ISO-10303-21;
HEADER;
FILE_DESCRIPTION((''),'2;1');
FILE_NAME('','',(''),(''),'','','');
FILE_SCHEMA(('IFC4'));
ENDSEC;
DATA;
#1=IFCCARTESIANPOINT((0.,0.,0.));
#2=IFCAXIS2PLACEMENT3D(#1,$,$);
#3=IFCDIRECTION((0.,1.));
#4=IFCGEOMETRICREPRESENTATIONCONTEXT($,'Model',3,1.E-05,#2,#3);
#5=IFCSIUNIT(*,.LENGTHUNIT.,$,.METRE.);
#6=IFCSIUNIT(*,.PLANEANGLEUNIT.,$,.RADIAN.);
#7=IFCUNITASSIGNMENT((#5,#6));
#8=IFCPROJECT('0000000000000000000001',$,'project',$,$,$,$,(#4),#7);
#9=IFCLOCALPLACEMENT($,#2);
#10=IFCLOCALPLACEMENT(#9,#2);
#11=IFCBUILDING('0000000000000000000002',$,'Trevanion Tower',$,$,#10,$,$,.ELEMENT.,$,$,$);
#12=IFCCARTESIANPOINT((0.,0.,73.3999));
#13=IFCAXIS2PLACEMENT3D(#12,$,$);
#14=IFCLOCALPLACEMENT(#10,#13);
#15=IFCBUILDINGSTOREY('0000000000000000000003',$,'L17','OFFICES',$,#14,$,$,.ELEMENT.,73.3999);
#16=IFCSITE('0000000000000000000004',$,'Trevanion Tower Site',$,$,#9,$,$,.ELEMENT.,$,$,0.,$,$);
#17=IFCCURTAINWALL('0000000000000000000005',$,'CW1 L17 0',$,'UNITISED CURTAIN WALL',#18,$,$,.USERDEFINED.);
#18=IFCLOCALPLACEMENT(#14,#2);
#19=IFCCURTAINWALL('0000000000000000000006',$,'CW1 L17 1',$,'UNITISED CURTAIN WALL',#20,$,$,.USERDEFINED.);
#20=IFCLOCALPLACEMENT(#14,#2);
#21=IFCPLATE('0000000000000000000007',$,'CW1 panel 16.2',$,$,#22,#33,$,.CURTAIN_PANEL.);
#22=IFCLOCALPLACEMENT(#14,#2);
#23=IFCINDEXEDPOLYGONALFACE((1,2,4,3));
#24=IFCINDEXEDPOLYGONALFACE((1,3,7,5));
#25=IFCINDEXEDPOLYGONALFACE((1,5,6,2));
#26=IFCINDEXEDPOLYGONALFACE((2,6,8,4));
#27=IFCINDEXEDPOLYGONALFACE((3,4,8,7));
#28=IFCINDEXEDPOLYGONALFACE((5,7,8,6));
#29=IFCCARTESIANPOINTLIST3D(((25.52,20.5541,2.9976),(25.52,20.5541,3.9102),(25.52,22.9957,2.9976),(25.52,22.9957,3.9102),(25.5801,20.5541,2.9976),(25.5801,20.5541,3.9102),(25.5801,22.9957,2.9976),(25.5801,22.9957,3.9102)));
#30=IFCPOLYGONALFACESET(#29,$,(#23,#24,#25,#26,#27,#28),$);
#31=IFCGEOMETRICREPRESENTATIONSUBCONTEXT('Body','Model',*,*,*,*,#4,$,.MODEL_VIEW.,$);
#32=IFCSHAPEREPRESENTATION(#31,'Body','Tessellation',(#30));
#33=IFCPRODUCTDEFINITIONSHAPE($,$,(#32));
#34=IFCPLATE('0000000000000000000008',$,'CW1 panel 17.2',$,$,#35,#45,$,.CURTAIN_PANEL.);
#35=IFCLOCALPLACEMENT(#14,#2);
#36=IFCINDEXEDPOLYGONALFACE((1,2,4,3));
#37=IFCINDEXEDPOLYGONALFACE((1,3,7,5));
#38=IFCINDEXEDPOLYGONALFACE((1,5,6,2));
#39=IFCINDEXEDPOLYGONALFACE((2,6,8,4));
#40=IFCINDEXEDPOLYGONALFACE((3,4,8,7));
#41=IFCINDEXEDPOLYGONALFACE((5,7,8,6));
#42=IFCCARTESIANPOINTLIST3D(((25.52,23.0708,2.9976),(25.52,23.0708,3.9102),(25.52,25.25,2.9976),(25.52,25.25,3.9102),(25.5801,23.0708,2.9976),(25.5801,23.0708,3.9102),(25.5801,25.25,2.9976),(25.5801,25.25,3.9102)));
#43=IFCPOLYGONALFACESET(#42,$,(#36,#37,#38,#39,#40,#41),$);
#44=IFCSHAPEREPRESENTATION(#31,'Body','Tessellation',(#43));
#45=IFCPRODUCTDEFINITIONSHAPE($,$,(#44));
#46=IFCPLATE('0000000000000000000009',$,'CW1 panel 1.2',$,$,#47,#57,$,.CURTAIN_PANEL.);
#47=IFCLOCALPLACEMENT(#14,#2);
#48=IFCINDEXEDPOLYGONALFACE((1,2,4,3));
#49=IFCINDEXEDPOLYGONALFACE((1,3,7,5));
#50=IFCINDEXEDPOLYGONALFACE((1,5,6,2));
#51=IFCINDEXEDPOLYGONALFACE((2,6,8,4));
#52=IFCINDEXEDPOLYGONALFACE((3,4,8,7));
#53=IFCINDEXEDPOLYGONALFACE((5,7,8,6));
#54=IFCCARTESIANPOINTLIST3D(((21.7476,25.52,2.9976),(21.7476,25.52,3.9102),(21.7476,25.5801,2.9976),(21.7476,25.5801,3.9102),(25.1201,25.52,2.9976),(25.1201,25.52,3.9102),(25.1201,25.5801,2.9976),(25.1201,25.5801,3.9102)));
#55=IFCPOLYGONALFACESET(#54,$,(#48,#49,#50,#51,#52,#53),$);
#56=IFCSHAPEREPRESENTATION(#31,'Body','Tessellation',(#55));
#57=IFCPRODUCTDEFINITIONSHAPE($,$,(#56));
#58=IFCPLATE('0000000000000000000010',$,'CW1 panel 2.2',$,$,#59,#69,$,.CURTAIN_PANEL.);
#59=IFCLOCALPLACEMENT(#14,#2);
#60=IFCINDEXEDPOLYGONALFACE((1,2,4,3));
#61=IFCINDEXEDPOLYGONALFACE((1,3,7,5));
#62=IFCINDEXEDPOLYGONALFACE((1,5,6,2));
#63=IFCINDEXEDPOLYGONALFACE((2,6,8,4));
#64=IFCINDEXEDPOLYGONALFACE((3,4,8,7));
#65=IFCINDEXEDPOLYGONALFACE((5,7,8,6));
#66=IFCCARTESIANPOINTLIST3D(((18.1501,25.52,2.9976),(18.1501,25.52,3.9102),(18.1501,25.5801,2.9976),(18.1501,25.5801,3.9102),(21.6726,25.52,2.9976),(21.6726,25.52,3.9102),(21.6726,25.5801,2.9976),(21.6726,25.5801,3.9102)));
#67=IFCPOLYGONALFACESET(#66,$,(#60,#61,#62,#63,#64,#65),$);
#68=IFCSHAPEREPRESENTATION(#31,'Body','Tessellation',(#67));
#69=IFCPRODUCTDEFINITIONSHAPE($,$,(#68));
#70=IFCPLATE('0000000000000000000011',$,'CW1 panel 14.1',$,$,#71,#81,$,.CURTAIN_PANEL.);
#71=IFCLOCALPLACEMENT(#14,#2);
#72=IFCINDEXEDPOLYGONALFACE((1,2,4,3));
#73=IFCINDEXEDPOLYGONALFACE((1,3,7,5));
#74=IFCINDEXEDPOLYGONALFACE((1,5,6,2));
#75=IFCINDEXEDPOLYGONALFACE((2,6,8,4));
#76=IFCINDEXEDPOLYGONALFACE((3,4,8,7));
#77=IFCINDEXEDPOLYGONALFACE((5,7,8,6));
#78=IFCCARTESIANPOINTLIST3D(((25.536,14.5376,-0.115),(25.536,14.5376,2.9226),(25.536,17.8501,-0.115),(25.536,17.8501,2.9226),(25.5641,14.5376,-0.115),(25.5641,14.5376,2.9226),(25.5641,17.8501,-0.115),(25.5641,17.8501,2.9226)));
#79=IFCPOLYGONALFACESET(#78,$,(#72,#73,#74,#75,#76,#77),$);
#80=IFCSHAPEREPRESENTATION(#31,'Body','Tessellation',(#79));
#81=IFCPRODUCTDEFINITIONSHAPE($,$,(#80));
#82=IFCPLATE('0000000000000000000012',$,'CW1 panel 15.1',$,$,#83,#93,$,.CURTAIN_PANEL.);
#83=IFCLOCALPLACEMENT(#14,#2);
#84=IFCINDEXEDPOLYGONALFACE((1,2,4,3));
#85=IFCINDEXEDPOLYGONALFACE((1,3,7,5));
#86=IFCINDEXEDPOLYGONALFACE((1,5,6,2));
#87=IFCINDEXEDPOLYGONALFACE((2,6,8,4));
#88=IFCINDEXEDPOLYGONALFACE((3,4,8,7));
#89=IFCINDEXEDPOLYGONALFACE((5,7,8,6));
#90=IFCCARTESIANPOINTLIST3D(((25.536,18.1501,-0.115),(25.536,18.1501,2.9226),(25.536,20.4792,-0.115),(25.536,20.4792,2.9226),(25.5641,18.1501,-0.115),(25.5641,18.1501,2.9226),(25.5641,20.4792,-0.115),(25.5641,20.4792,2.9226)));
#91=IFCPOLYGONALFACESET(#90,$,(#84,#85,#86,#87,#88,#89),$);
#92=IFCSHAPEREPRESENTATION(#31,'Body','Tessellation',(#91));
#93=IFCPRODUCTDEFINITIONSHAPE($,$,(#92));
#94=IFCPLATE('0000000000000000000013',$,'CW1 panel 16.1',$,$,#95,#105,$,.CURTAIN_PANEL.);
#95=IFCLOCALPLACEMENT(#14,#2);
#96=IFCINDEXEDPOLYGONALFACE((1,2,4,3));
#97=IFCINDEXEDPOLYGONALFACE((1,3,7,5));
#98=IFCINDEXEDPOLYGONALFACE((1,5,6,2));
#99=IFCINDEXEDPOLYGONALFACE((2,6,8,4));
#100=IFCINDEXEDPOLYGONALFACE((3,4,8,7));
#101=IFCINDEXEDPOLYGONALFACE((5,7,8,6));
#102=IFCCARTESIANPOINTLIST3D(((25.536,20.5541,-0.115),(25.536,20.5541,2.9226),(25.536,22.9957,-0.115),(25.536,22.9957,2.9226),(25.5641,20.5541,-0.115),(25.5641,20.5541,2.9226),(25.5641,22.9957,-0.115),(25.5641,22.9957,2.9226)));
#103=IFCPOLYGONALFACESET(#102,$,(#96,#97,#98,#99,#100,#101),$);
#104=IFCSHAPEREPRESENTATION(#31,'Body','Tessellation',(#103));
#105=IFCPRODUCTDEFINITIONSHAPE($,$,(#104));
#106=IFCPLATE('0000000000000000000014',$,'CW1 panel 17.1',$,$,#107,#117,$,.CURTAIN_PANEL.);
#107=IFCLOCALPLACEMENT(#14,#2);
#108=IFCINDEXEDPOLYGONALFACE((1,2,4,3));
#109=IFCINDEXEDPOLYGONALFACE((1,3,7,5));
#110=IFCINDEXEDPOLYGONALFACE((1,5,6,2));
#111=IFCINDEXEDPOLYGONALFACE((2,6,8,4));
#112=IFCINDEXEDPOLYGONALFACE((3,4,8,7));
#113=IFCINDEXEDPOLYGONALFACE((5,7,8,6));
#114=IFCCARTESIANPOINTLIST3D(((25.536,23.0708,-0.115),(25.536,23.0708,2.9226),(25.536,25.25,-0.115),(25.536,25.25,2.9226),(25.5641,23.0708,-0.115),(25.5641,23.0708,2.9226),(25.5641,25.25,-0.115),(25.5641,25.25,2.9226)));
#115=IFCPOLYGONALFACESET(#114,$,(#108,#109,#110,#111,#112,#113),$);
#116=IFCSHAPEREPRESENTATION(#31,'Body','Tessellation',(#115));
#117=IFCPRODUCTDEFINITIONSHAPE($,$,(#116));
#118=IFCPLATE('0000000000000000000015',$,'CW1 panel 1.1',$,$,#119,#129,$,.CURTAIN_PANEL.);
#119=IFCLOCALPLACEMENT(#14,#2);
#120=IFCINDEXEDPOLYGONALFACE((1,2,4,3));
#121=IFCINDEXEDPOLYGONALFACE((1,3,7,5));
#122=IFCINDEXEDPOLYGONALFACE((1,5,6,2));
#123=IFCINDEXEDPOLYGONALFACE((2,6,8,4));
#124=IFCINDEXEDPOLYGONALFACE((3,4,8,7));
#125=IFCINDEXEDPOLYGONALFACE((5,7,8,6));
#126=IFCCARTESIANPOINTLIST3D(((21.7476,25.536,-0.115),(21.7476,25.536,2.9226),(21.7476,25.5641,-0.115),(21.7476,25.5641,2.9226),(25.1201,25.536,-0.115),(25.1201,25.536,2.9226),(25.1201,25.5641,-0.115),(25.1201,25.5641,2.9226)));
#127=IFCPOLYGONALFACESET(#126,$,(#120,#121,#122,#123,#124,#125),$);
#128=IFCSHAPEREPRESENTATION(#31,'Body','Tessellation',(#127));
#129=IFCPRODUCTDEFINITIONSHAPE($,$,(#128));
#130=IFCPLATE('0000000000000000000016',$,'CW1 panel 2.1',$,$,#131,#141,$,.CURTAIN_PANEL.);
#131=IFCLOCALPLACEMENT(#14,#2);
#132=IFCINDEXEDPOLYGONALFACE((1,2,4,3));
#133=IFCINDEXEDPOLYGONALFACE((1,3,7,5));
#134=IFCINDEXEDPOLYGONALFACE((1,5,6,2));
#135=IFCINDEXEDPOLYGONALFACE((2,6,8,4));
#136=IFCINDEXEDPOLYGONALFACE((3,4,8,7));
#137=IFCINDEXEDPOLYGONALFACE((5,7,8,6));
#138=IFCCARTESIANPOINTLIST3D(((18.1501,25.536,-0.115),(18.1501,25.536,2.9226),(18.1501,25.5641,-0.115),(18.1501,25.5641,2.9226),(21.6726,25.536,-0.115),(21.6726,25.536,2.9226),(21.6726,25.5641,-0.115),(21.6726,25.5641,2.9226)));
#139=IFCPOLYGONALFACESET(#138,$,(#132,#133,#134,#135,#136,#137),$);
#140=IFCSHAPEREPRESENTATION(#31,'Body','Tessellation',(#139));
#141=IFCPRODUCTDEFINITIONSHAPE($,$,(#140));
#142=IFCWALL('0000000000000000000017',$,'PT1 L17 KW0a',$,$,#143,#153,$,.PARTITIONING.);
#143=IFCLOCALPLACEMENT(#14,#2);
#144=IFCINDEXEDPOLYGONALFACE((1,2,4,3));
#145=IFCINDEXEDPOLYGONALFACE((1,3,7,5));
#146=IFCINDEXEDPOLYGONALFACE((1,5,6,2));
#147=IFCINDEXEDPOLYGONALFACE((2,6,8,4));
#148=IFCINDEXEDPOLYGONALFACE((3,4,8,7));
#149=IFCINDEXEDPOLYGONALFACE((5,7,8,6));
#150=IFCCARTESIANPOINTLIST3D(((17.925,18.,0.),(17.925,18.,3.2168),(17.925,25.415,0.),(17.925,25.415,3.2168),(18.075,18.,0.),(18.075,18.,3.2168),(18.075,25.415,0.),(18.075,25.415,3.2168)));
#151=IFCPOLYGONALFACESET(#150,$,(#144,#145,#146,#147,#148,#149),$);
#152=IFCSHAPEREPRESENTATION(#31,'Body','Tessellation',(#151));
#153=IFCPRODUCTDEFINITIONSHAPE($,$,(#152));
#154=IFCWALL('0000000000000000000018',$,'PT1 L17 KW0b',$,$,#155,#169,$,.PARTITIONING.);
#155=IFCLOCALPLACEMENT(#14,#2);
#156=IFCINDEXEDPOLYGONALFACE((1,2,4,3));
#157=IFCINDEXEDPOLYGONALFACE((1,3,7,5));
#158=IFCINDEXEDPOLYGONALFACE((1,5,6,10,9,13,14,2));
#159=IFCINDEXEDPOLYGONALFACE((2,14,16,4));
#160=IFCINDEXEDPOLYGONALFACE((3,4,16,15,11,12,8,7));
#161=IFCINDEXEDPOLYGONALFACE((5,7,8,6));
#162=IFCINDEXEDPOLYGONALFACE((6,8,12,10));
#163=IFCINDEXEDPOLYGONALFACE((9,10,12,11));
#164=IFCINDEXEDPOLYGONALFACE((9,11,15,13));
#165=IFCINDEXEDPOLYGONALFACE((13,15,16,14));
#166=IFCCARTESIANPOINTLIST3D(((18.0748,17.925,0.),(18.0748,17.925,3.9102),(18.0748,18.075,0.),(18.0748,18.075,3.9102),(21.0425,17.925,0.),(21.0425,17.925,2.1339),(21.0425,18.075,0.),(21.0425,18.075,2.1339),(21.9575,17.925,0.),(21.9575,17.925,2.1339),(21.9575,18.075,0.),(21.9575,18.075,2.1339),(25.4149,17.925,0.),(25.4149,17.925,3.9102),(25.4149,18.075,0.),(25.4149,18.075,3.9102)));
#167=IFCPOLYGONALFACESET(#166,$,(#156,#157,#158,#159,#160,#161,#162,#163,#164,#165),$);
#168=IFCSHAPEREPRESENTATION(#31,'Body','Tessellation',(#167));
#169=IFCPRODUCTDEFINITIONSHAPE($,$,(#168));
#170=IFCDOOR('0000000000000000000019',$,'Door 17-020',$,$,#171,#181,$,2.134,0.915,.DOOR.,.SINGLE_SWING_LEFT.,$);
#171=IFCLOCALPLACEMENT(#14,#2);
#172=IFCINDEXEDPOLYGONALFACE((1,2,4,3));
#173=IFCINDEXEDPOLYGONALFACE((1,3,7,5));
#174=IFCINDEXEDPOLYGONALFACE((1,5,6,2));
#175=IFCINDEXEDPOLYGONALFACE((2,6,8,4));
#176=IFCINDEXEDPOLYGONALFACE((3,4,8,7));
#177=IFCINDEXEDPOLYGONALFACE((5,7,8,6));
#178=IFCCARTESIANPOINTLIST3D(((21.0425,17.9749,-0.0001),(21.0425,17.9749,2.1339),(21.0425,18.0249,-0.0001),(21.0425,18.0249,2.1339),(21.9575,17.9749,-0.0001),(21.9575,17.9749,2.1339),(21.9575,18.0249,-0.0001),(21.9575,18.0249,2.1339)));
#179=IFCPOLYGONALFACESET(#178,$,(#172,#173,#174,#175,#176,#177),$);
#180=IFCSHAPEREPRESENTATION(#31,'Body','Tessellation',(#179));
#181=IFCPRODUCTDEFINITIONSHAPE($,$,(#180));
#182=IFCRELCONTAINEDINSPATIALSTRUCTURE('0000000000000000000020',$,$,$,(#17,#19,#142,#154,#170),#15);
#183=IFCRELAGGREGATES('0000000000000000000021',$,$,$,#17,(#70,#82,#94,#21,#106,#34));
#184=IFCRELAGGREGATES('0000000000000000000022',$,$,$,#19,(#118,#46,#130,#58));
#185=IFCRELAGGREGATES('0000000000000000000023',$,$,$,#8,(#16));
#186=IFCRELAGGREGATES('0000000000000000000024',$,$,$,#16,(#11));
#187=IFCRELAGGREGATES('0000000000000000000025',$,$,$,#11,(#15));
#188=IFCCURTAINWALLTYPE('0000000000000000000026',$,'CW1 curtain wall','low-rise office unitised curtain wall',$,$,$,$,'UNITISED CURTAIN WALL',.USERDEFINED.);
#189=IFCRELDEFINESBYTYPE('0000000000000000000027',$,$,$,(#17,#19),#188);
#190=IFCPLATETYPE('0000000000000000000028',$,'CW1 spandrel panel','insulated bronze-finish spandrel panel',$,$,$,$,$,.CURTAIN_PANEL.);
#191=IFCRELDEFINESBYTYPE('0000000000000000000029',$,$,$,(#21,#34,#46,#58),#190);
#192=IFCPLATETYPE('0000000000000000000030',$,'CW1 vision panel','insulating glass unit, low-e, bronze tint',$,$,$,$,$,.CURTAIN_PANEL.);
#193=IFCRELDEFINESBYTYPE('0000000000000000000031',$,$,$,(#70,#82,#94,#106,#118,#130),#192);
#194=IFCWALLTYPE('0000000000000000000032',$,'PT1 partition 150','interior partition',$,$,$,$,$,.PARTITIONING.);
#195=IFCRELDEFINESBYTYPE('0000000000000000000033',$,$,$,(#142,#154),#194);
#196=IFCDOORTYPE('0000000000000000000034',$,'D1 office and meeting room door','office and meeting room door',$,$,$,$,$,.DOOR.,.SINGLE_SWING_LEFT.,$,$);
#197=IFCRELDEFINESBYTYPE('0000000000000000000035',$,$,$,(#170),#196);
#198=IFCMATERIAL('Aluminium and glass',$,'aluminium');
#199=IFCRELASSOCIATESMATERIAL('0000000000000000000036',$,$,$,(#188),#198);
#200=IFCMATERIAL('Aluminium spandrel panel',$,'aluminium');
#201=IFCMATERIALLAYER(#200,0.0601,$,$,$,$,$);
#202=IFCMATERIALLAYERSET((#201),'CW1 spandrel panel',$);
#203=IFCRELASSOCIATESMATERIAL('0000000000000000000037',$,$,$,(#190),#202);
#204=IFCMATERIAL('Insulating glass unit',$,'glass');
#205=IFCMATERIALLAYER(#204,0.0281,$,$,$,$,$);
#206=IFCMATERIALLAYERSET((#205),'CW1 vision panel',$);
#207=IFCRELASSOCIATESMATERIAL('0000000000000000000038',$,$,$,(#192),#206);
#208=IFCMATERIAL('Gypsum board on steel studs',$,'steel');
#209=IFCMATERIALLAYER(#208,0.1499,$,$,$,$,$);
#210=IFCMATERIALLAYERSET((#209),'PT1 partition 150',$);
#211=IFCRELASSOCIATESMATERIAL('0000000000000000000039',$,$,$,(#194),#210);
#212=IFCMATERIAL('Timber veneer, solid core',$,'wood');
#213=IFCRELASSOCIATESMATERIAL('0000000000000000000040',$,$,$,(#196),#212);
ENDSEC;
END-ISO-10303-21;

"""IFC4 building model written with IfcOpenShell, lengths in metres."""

from ifc_helpers import new_model, si_unit, direction, frame, frame_2d, origin, origin_2d, place, context, subcontext, project, spatial, rectangle, extrude, material, layer, layer_set, type_object, element, fill, aggregate, save


model = new_model("IFC4")

# Units and contexts
model_context = context("Model", 3, precision=1e-05, world=origin(), true_north=direction((0.0, 1.0)))
body_context = subcontext(model_context, "Body", "Model", "MODEL_VIEW")
ifc_project = project(units=[si_unit("LENGTHUNIT", "METRE"), si_unit("PLANEANGLEUNIT", "RADIAN")], contexts=[model_context])

# Site, building, storey
site_placement = place(None, origin())
site = spatial("IfcSite", under=ifc_project, at=site_placement, Name="Trevanion Tower Site", CompositionType="ELEMENT", RefElevation=0.0)
building_placement = place(site_placement, origin())
building = spatial("IfcBuilding", under=site, at=building_placement, Name="Trevanion Tower", CompositionType="ELEMENT")
storey_placement = place(building_placement, frame((0.0, 0.0, 73.3999)))
storey = spatial("IfcBuildingStorey", under=building, at=storey_placement, Name="L17", Description="OFFICES", CompositionType="ELEMENT", Elevation=73.3999)

# Curtain wall
ifc_material_1 = material(Name="Aluminium and glass", Category="aluminium")
curtain_wall_type = type_object("IfcCurtainWallType", Name="CW1 curtain wall", Description="low-rise office unitised curtain wall", ElementType="UNITISED CURTAIN WALL", PredefinedType="USERDEFINED", material=ifc_material_1)
curtain_wall_1_placement = place(storey_placement, origin())
curtain_wall_1 = element("IfcCurtainWall", 1, at=curtain_wall_1_placement, inside=storey, type_object=curtain_wall_type, Name="CW1 L17 0", ObjectType="UNITISED CURTAIN WALL", PredefinedType="USERDEFINED")

# Curtain wall
curtain_wall_2_placement = place(storey_placement, origin())
curtain_wall_2 = element("IfcCurtainWall", 2, at=curtain_wall_2_placement, inside=storey, type_object=curtain_wall_type, Name="CW1 L17 1", ObjectType="UNITISED CURTAIN WALL", PredefinedType="USERDEFINED")

# Plates
ifc_material_2 = material(Name="Aluminium spandrel panel", Category="aluminium")
ifc_layer_1 = layer(ifc_material_2, 0.0601)
ifc_layer_set_1 = layer_set([ifc_layer_1], Name="CW1 spandrel panel")
plate_type_1 = type_object("IfcPlateType", Name="CW1 spandrel panel", Description="insulated bronze-finish spandrel panel", PredefinedType="CURTAIN_PANEL", material=ifc_layer_set_1)
plate_1_placement = place(storey_placement, frame((25.55, 21.7749, 2.9976), z_axis=(0.0, 0.0, 1.0), x_axis=(0.0, 1.0, 0.0)))
plate_1 = element("IfcPlate", 3, at=plate_1_placement, type_object=plate_type_1, Name="CW1 panel 16.2", PredefinedType="CURTAIN_PANEL", context=body_context, shape_type="SweptSolid", body=[
    extrude(rectangle(XDim=2.4417, YDim=0.0601, at=origin_2d()), origin(), (0.0, 0.0, 1.0), 0.9126),
])
plate_2_placement = place(storey_placement, frame((25.55, 24.1604, 2.9976), z_axis=(0.0, 0.0, 1.0), x_axis=(0.0, 1.0, 0.0)))
plate_2 = element("IfcPlate", 4, at=plate_2_placement, type_object=plate_type_1, Name="CW1 panel 17.2", PredefinedType="CURTAIN_PANEL", context=body_context, shape_type="SweptSolid", body=[
    extrude(rectangle(XDim=2.1792, YDim=0.0601, at=origin_2d()), origin(), (0.0, 0.0, 1.0), 0.9126),
])
plate_3_placement = place(storey_placement, frame((23.4338, 25.55, 2.9976), z_axis=(0.0, 0.0, 1.0), x_axis=(-1.0, 0.0, 0.0)))
plate_3 = element("IfcPlate", 5, at=plate_3_placement, type_object=plate_type_1, Name="CW1 panel 1.2", PredefinedType="CURTAIN_PANEL", context=body_context, shape_type="SweptSolid", body=[
    extrude(rectangle(XDim=3.3726, YDim=0.0601, at=origin_2d()), origin(), (0.0, 0.0, 1.0), 0.9126),
])
plate_4_placement = place(storey_placement, frame((19.9114, 25.55, 2.9976), z_axis=(0.0, 0.0, 1.0), x_axis=(-1.0, 0.0, 0.0)))
plate_4 = element("IfcPlate", 6, at=plate_4_placement, type_object=plate_type_1, Name="CW1 panel 2.2", PredefinedType="CURTAIN_PANEL", context=body_context, shape_type="SweptSolid", body=[
    extrude(rectangle(XDim=3.5225, YDim=0.0601, at=origin_2d()), origin(), (0.0, 0.0, 1.0), 0.9126),
])
ifc_material_3 = material(Name="Insulating glass unit", Category="glass")
ifc_layer_2 = layer(ifc_material_3, 0.0281)
ifc_layer_set_2 = layer_set([ifc_layer_2], Name="CW1 vision panel")
plate_type_2 = type_object("IfcPlateType", Name="CW1 vision panel", Description="insulating glass unit, low-e, bronze tint", PredefinedType="CURTAIN_PANEL", material=ifc_layer_set_2)
plate_5_placement = place(storey_placement, frame((25.55, 16.1938, -0.115), z_axis=(0.0, 0.0, 1.0), x_axis=(0.0, 1.0, 0.0)))
plate_5 = element("IfcPlate", 7, at=plate_5_placement, type_object=plate_type_2, Name="CW1 panel 14.1", PredefinedType="CURTAIN_PANEL", context=body_context, shape_type="SweptSolid", body=[
    extrude(rectangle(XDim=3.3125, YDim=0.0281, at=origin_2d()), origin(), (0.0, 0.0, 1.0), 3.0376),
])
plate_6_placement = place(storey_placement, frame((25.55, 19.3147, -0.115), z_axis=(0.0, 0.0, 1.0), x_axis=(0.0, 1.0, 0.0)))
plate_6 = element("IfcPlate", 8, at=plate_6_placement, type_object=plate_type_2, Name="CW1 panel 15.1", PredefinedType="CURTAIN_PANEL", context=body_context, shape_type="SweptSolid", body=[
    extrude(rectangle(XDim=2.3291, YDim=0.0281, at=origin_2d()), origin(), (0.0, 0.0, 1.0), 3.0376),
])
plate_7_placement = place(storey_placement, frame((25.55, 21.7749, -0.115), z_axis=(0.0, 0.0, 1.0), x_axis=(0.0, 1.0, 0.0)))
plate_7 = element("IfcPlate", 9, at=plate_7_placement, type_object=plate_type_2, Name="CW1 panel 16.1", PredefinedType="CURTAIN_PANEL", context=body_context, shape_type="SweptSolid", body=[
    extrude(rectangle(XDim=2.4417, YDim=0.0281, at=origin_2d()), origin(), (0.0, 0.0, 1.0), 3.0376),
])
plate_8_placement = place(storey_placement, frame((25.55, 24.1604, -0.115), z_axis=(0.0, 0.0, 1.0), x_axis=(0.0, 1.0, 0.0)))
plate_8 = element("IfcPlate", 10, at=plate_8_placement, type_object=plate_type_2, Name="CW1 panel 17.1", PredefinedType="CURTAIN_PANEL", context=body_context, shape_type="SweptSolid", body=[
    extrude(rectangle(XDim=2.1792, YDim=0.0281, at=origin_2d()), origin(), (0.0, 0.0, 1.0), 3.0376),
])
aggregate(curtain_wall_1, [plate_5, plate_6, plate_7, plate_1, plate_8, plate_2])
plate_9_placement = place(storey_placement, frame((23.4338, 25.55, -0.115), z_axis=(0.0, 0.0, 1.0), x_axis=(-1.0, 0.0, 0.0)))
plate_9 = element("IfcPlate", 11, at=plate_9_placement, type_object=plate_type_2, Name="CW1 panel 1.1", PredefinedType="CURTAIN_PANEL", context=body_context, shape_type="SweptSolid", body=[
    extrude(rectangle(XDim=3.3726, YDim=0.0281, at=origin_2d()), origin(), (0.0, 0.0, 1.0), 3.0376),
])
plate_10_placement = place(storey_placement, frame((19.9114, 25.55, -0.115), z_axis=(0.0, 0.0, 1.0), x_axis=(-1.0, 0.0, 0.0)))
plate_10 = element("IfcPlate", 12, at=plate_10_placement, type_object=plate_type_2, Name="CW1 panel 2.1", PredefinedType="CURTAIN_PANEL", context=body_context, shape_type="SweptSolid", body=[
    extrude(rectangle(XDim=3.5225, YDim=0.0281, at=origin_2d()), origin(), (0.0, 0.0, 1.0), 3.0376),
])
aggregate(curtain_wall_2, [plate_9, plate_3, plate_10, plate_4])

# Wall
ifc_material_4 = material(Name="Gypsum board on steel studs", Category="steel")
ifc_layer_3 = layer(ifc_material_4, 0.1499)
ifc_layer_set_3 = layer_set([ifc_layer_3], Name="PT1 partition 150")
wall_type = type_object("IfcWallType", Name="PT1 partition 150", Description="interior partition", PredefinedType="PARTITIONING", material=ifc_layer_set_3)
wall_1_placement = place(storey_placement, frame((18.0, 18.0, 0.0), z_axis=(0.0, 0.0, 1.0), x_axis=(0.0, 1.0, 0.0)))
element("IfcWall", 13, at=wall_1_placement, inside=storey, type_object=wall_type, Name="PT1 L17 KW0a", PredefinedType="PARTITIONING", context=body_context, shape_type="SweptSolid", body=[
    extrude(rectangle(XDim=7.415, YDim=0.1499, at=frame_2d((3.7075, 0.0))), origin(), (0.0, 0.0, 1.0), 3.2168),
])

# Wall, opening, door
wall_2_placement = place(storey_placement, frame((18.075, 18.0, 0.0), z_axis=(0.0, 0.0, 1.0), x_axis=(1.0, 0.0, 0.0)))
wall_2 = element("IfcWall", 14, at=wall_2_placement, inside=storey, type_object=wall_type, Name="PT1 L17 KW0b", PredefinedType="PARTITIONING", context=body_context, shape_type="SweptSolid", body=[
    extrude(rectangle(XDim=7.3401, YDim=0.1499, at=frame_2d((3.6699, 0.0))), origin(), (0.0, 0.0, 1.0), 3.9102),
])
opening_placement = place(wall_2_placement, frame((2.9675, 0.0, 0.0)))
opening = element("IfcOpeningElement", 15, at=opening_placement, cuts=wall_2, PredefinedType="OPENING", context=body_context, shape_type="SweptSolid", body=[
    extrude(rectangle(XDim=0.915, YDim=2.134, at=frame_2d((0.4575, 1.0669))), frame((0.0, 0.085, 0.0), z_axis=(0.0, -1.0, 0.0), x_axis=(1.0, 0.0, 0.0)), (0.0, 0.0, 1.0), 0.1699),
])
ifc_material_5 = material(Name="Timber veneer, solid core", Category="wood")
door_type = type_object("IfcDoorType", Name="D1 office and meeting room door", Description="office and meeting room door", OperationType="SINGLE_SWING_LEFT", PredefinedType="DOOR", material=ifc_material_5)
door_placement = place(opening_placement, origin())
door = element("IfcDoor", 16, at=door_placement, inside=storey, type_object=door_type, Name="Door 17-020", OperationType="SINGLE_SWING_LEFT", OverallHeight=2.134, OverallWidth=0.915, PredefinedType="DOOR", context=body_context, shape_type="SweptSolid", body=[
    extrude(rectangle(XDim=0.915, YDim=2.134, at=frame_2d((0.4575, 1.0669))), frame((0.0, 0.0249, 0.0), z_axis=(0.0, -1.0, 0.0), x_axis=(1.0, 0.0, 0.0)), (0.0, 0.0, 1.0), 0.05),
])
fill(opening, door)

save(model, "model.ifc")
